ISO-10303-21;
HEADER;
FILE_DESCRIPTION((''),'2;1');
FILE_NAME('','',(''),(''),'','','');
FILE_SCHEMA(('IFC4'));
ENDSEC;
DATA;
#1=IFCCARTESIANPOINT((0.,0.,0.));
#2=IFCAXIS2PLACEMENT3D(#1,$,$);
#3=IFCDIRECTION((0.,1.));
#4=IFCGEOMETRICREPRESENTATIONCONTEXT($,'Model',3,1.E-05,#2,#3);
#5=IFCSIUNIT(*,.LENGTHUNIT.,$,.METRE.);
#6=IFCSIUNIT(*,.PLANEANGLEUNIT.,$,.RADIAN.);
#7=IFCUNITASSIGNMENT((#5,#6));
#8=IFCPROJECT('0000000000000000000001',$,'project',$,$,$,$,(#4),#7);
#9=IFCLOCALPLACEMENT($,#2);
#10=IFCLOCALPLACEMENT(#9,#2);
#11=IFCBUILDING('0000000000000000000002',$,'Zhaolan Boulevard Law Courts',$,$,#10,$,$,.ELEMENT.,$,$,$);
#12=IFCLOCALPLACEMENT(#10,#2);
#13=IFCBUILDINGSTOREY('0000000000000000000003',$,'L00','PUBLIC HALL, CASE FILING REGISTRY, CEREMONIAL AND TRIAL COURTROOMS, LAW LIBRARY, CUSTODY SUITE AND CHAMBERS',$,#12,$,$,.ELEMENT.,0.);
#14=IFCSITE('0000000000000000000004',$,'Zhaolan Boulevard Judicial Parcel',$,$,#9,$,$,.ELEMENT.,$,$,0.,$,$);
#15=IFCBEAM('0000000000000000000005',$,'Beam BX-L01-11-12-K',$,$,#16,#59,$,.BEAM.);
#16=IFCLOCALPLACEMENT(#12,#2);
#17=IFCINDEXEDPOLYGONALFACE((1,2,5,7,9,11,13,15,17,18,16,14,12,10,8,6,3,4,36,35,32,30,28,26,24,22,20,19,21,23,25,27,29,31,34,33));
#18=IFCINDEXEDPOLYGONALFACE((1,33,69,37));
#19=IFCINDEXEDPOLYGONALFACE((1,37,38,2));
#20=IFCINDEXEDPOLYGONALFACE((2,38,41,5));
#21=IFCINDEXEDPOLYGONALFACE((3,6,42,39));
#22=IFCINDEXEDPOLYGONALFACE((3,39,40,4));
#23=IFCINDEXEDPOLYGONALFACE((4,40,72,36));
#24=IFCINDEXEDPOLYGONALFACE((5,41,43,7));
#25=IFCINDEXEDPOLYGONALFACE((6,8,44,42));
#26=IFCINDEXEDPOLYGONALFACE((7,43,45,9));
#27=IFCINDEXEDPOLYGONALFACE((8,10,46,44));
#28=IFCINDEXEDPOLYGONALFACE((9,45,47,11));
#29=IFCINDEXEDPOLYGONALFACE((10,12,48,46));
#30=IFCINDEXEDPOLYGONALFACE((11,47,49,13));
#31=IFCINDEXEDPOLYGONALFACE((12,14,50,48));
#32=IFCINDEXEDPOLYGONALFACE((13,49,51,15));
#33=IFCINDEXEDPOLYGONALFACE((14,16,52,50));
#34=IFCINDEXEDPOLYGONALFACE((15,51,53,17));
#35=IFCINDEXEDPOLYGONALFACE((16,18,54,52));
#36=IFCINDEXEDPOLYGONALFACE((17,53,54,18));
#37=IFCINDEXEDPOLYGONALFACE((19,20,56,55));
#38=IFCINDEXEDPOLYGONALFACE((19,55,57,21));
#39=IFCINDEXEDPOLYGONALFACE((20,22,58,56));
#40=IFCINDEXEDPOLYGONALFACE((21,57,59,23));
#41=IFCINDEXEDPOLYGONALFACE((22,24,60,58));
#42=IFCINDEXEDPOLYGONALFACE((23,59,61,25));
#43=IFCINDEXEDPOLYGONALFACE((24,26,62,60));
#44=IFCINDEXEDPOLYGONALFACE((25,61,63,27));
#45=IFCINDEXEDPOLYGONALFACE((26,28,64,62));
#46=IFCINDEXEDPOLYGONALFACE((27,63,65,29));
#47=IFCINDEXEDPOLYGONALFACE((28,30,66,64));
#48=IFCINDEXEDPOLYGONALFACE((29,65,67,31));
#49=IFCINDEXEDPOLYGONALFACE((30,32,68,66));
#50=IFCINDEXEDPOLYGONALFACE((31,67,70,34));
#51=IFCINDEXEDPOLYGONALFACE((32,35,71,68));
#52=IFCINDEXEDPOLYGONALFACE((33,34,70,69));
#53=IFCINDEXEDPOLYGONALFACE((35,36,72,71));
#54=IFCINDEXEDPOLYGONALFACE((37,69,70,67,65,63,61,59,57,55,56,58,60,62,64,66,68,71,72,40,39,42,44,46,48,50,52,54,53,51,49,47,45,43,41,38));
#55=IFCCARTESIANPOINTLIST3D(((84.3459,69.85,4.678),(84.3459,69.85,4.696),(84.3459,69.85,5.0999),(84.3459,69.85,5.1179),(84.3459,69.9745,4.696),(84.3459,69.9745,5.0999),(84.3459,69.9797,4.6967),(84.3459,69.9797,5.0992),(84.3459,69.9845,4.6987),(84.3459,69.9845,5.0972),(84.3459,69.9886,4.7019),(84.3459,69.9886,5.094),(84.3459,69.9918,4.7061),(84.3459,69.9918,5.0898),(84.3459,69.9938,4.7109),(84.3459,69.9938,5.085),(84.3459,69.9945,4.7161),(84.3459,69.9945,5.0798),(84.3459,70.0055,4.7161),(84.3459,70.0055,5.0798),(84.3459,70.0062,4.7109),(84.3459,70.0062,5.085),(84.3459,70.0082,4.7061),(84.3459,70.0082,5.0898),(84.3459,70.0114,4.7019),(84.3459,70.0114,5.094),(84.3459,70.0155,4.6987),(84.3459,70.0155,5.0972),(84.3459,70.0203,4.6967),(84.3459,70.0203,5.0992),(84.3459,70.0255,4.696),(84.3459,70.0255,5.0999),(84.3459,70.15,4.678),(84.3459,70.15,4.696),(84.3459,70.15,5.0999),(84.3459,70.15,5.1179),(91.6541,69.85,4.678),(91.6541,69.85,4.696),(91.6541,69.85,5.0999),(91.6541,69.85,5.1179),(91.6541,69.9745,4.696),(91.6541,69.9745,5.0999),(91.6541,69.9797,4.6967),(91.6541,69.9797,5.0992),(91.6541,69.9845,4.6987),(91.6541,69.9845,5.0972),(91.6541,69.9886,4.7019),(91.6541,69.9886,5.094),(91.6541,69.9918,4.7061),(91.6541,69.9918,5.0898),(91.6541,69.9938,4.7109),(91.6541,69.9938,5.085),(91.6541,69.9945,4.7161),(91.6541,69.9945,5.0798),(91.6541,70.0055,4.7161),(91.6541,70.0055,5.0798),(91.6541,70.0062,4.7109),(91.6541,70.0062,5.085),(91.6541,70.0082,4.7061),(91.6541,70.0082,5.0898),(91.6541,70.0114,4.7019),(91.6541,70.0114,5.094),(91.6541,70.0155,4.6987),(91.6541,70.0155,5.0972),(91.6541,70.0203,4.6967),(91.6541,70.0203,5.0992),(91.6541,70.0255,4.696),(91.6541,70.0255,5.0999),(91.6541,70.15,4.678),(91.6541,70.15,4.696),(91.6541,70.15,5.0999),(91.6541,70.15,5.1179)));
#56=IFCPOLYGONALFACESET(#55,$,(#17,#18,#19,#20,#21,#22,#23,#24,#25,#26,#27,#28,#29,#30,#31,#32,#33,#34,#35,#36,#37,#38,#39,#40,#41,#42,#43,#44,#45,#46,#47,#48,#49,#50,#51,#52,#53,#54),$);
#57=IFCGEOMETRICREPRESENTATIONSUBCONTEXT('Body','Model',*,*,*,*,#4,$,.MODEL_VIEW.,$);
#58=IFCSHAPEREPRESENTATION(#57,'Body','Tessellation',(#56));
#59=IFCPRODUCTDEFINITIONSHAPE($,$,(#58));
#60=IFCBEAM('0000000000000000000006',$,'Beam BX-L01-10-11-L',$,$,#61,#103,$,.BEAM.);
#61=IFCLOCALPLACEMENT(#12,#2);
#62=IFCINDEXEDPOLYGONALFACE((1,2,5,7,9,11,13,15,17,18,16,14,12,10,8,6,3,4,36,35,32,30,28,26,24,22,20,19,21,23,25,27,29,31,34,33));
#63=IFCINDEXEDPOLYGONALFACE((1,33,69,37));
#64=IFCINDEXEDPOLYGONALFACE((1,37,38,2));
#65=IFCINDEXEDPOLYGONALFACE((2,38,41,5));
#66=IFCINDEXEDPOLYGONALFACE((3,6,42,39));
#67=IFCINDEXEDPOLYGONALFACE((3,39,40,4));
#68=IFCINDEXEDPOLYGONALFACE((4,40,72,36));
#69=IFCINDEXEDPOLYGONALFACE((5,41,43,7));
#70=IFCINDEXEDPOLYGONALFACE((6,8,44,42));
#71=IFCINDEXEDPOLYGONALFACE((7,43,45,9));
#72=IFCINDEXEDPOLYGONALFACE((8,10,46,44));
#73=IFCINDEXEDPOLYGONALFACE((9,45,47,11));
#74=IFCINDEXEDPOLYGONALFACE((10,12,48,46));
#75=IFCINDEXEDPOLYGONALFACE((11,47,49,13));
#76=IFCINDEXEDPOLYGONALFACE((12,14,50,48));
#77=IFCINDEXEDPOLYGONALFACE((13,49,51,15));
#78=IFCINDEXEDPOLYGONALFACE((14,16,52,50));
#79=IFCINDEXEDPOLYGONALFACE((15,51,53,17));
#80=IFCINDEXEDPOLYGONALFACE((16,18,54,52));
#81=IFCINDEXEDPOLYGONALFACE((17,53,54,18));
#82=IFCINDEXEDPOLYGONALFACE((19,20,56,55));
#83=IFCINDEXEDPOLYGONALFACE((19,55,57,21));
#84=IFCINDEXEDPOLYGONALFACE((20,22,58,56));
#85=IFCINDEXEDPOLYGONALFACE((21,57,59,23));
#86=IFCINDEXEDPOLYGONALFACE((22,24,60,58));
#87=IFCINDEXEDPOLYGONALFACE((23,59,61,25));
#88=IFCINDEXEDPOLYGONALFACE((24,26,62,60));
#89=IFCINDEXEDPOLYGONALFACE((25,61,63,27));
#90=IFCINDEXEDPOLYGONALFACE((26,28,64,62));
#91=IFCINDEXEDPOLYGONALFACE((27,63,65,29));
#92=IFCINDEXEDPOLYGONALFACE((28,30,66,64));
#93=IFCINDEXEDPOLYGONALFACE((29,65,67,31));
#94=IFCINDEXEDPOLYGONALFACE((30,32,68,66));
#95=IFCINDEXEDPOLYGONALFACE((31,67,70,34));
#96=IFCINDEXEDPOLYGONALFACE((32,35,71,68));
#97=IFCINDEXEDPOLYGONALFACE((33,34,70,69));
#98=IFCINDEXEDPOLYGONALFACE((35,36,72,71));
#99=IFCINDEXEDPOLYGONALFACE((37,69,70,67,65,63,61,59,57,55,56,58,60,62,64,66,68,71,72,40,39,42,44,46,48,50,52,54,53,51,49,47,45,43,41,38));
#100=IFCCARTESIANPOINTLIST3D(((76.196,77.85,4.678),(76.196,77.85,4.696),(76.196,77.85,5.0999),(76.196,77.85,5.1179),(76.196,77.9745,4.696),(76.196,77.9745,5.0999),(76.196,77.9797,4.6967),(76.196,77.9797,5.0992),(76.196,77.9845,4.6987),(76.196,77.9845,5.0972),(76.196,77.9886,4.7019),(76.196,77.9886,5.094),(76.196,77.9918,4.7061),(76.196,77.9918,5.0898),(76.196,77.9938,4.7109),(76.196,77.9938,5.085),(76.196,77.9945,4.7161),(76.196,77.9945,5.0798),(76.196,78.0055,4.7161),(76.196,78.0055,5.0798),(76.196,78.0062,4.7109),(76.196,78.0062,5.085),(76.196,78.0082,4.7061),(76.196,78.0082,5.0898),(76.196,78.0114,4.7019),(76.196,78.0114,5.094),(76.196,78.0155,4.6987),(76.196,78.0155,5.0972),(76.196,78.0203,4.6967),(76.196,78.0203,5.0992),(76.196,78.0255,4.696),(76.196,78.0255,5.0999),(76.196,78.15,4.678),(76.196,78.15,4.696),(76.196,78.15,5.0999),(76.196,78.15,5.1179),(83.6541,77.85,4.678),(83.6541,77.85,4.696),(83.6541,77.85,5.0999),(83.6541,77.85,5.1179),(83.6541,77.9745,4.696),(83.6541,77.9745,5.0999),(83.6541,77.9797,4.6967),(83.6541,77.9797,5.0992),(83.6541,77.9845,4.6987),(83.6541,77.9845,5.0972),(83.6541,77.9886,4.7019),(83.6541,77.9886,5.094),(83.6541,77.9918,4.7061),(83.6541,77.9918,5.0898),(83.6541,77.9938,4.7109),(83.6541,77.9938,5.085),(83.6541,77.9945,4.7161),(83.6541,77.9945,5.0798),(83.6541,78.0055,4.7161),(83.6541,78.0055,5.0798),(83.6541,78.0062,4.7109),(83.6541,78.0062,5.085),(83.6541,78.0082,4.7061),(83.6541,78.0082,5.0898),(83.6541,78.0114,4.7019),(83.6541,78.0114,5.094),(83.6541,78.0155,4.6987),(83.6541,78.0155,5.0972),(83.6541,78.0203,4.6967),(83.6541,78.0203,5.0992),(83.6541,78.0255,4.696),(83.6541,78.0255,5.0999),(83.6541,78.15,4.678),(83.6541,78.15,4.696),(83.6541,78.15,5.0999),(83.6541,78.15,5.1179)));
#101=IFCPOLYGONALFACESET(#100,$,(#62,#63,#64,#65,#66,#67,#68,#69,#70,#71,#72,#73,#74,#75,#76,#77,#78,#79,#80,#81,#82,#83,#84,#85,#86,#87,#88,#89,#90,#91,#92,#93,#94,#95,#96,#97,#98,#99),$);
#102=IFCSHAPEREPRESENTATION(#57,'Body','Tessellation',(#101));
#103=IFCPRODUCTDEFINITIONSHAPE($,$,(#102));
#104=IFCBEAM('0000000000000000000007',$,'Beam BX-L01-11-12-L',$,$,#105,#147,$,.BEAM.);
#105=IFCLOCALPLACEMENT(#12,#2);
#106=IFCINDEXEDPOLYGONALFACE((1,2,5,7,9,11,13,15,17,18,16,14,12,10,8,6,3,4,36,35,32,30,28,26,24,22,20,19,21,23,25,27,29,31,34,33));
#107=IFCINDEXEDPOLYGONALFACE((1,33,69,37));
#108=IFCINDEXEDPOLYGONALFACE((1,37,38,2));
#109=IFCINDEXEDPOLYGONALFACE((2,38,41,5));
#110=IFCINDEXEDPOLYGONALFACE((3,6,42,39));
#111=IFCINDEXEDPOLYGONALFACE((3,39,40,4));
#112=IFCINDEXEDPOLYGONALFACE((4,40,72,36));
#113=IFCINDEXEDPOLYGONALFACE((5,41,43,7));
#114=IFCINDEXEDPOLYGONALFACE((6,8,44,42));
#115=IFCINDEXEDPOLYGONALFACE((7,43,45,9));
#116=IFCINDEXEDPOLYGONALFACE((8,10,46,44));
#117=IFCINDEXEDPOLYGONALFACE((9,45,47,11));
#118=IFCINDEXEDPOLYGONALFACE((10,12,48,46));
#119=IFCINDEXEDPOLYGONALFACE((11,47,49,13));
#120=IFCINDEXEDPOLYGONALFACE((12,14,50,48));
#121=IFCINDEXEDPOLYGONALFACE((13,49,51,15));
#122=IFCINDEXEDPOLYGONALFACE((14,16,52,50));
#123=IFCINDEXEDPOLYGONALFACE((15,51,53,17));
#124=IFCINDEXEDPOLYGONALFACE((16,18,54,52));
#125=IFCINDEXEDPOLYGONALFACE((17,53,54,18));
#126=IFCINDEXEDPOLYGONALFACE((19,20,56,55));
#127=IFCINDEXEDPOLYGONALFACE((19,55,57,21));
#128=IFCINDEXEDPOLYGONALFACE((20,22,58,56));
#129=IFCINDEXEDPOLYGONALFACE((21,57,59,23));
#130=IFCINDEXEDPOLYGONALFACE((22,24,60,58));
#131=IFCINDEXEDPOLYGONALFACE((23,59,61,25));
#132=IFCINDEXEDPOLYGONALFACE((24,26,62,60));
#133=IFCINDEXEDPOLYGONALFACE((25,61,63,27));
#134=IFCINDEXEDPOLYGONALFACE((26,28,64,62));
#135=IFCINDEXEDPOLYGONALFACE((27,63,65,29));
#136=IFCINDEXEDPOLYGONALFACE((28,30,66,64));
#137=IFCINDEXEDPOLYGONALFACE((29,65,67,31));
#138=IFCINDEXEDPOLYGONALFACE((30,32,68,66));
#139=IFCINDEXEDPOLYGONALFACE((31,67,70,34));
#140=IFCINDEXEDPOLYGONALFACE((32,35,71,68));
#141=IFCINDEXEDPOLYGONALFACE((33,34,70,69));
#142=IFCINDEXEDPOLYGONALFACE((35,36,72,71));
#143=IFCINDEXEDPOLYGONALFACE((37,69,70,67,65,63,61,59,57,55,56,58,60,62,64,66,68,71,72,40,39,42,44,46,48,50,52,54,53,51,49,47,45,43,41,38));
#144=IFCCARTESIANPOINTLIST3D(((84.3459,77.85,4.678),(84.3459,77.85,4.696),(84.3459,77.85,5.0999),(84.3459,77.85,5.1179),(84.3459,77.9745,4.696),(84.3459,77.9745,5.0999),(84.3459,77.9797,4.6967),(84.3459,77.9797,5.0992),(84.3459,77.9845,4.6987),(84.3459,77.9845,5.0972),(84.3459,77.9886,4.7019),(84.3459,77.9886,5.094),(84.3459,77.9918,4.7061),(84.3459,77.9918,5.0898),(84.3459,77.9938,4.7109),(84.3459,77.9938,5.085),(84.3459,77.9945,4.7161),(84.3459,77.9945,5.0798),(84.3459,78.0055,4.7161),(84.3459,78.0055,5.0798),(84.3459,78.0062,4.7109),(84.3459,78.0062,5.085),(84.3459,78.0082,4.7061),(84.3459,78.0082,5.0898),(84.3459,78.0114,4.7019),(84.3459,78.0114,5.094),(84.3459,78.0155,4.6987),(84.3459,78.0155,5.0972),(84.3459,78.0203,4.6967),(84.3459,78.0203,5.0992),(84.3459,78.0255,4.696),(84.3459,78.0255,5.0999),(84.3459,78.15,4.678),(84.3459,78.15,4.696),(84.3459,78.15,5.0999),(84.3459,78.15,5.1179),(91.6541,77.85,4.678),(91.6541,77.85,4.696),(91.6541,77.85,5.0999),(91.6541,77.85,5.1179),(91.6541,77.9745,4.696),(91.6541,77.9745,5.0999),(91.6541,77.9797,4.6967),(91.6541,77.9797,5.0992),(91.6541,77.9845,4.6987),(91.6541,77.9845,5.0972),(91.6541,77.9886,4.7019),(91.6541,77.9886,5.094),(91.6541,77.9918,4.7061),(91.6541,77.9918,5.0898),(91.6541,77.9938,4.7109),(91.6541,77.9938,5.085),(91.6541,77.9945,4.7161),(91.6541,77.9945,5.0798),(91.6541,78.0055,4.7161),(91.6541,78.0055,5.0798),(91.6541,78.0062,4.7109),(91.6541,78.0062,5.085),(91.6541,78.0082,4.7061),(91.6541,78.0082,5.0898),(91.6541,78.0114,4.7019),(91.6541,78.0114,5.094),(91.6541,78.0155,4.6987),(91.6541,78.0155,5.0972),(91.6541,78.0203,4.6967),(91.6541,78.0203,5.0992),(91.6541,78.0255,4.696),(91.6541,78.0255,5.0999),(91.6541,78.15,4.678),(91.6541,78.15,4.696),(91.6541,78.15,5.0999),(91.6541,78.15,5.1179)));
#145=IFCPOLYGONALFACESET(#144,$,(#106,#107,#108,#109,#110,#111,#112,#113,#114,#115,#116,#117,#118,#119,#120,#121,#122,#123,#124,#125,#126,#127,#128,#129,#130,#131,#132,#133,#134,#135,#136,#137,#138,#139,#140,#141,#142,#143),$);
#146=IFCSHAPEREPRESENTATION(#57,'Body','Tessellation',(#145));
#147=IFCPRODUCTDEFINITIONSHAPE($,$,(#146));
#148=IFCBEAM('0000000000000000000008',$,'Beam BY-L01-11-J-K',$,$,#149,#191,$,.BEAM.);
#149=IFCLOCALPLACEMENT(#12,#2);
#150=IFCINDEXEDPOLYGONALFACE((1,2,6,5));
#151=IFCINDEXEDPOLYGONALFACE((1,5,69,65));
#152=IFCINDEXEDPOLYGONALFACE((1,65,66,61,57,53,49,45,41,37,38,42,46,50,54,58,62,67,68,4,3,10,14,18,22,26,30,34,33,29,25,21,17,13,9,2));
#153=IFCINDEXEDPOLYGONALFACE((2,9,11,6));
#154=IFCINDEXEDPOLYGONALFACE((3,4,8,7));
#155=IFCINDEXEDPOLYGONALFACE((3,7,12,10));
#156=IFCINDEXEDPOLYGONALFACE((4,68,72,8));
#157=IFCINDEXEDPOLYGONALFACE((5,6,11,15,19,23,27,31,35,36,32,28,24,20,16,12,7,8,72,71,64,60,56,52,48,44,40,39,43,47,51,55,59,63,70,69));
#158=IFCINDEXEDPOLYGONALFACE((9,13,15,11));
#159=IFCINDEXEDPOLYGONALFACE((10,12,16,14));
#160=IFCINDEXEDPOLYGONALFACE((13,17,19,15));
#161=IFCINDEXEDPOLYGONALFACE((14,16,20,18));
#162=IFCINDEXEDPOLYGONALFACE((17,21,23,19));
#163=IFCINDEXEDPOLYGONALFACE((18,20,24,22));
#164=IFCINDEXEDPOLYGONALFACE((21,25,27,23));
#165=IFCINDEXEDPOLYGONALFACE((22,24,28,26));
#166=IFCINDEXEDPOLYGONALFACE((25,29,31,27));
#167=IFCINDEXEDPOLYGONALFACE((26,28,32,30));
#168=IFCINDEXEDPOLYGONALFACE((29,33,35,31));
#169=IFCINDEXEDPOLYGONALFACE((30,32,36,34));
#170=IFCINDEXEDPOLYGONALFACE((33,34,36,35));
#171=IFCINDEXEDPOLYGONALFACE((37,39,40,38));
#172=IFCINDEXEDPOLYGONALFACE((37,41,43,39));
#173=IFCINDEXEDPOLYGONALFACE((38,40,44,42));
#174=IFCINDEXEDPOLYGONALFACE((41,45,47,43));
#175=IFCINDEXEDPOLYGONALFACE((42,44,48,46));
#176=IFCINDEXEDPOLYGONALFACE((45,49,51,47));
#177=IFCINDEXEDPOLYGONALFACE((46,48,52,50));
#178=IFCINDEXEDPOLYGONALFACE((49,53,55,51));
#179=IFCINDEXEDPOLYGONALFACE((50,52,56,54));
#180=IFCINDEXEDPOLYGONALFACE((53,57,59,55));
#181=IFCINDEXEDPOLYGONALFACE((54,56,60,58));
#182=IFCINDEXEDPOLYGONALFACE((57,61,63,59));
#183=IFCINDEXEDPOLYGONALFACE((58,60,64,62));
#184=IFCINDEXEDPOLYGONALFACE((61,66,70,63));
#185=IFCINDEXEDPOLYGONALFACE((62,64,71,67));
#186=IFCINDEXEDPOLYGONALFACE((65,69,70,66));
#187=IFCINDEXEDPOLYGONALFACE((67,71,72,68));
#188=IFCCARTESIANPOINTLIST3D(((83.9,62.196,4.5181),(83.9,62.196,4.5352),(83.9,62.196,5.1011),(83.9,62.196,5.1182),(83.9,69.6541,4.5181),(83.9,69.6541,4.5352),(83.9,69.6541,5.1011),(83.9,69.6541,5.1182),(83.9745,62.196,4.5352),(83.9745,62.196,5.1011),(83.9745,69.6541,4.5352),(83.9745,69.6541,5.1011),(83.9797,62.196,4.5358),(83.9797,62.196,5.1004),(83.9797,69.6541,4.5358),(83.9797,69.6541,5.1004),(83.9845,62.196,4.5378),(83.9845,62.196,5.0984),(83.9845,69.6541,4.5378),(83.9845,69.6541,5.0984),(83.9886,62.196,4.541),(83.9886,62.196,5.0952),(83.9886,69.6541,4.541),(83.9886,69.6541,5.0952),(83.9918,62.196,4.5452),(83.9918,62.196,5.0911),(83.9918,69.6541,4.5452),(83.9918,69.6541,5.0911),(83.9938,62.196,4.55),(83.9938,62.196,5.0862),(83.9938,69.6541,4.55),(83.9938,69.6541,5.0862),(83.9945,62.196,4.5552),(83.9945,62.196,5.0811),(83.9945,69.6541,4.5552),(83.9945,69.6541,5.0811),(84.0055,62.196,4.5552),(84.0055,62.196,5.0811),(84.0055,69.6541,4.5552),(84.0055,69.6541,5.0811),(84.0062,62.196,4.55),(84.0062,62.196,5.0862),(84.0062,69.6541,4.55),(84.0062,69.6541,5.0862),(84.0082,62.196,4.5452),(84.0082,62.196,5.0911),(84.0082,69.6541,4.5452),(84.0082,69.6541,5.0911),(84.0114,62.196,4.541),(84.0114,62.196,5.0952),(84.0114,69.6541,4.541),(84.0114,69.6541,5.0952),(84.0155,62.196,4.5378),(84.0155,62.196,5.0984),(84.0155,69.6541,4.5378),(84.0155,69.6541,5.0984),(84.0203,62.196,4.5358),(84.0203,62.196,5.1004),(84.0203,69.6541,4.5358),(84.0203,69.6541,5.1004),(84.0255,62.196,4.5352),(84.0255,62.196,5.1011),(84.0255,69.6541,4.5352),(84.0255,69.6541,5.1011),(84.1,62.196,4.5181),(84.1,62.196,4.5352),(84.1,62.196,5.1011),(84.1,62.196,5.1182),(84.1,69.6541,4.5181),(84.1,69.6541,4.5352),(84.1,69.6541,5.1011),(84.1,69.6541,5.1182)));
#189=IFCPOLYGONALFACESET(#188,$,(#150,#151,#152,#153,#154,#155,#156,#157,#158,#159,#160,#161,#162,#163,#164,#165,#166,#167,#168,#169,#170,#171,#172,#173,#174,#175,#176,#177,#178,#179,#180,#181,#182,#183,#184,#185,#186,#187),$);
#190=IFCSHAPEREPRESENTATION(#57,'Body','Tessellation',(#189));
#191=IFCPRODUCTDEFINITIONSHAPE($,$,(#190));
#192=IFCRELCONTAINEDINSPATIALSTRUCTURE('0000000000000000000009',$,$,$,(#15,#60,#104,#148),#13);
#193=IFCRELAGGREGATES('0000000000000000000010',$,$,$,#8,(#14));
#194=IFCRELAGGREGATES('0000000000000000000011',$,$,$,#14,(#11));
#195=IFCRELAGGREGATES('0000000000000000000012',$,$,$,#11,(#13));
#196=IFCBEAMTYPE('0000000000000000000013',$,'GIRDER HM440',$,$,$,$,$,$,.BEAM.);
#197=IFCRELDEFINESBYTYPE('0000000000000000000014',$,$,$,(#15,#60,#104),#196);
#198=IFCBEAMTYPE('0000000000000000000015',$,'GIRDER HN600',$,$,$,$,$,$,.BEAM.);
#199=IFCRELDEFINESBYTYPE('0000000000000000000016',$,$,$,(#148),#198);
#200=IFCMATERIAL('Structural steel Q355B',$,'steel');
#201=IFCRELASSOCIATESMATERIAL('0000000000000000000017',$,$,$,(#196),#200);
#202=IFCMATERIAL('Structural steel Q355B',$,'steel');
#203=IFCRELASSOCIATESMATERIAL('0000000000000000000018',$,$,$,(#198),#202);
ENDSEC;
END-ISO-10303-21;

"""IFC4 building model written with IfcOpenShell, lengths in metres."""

from ifc_helpers import new_model, si_unit, direction, frame, origin, origin_2d, place, context, subcontext, project, spatial, i_section, extrude, material, material_profile, profile_set, type_object, element, save


model = new_model("IFC4")

# Units and contexts
model_context = context("Model", 3, precision=1e-05, world=origin(), true_north=direction((0.0, 1.0)))
body_context = subcontext(model_context, "Body", "Model", "MODEL_VIEW")
ifc_project = project(units=[si_unit("LENGTHUNIT", "METRE"), si_unit("PLANEANGLEUNIT", "RADIAN")], contexts=[model_context])

# Site, building, storey
site_placement = place(None, origin())
site = spatial("IfcSite", under=ifc_project, at=site_placement, Name="Zhaolan Boulevard Judicial Parcel", CompositionType="ELEMENT", RefElevation=0.0)
building_placement = place(site_placement, origin())
building = spatial("IfcBuilding", under=site, at=building_placement, Name="Zhaolan Boulevard Law Courts", CompositionType="ELEMENT")
storey_placement = place(building_placement, origin())
storey = spatial("IfcBuildingStorey", under=building, at=storey_placement, Name="L00", Description="PUBLIC HALL, CASE FILING REGISTRY, CEREMONIAL AND TRIAL COURTROOMS, LAW LIBRARY, CUSTODY SUITE AND CHAMBERS", CompositionType="ELEMENT", Elevation=0.0)

# Beams
ifc_material_1 = material(Name="Structural steel Q355B", Category="steel")
ifc_material_profile_1 = material_profile(ifc_material_1, i_section(OverallWidth=0.3, OverallDepth=0.4399, WebThickness=0.011, FlangeThickness=0.0181, FilletRadius=0.02, at=origin_2d()), Name="HM440x300")
ifc_profile_set_1 = profile_set([ifc_material_profile_1], Name="Structural steel Q355B")
beam_type_1 = type_object("IfcBeamType", Name="GIRDER HM440", PredefinedType="BEAM", material=ifc_profile_set_1)
beam_1_placement = place(storey_placement, frame((84.3459, 70.0, 4.8979), z_axis=(1.0, 0.0, 0.0), x_axis=(0.0, 1.0, 0.0)))
element("IfcBeam", 1, at=beam_1_placement, inside=storey, type_object=beam_type_1, Name="Beam BX-L01-11-12-K", PredefinedType="BEAM", context=body_context, shape_type="SweptSolid", body=[
    extrude(i_section(OverallWidth=0.3, OverallDepth=0.4399, WebThickness=0.011, FlangeThickness=0.0181, FilletRadius=0.02, at=origin_2d()), origin(), (0.0, 0.0, 1.0), 7.3081),
])
beam_2_placement = place(storey_placement, frame((76.196, 78.0, 4.8979), z_axis=(1.0, 0.0, 0.0), x_axis=(0.0, 1.0, 0.0)))
element("IfcBeam", 2, at=beam_2_placement, inside=storey, type_object=beam_type_1, Name="Beam BX-L01-10-11-L", PredefinedType="BEAM", context=body_context, shape_type="SweptSolid", body=[
    extrude(i_section(OverallWidth=0.3, OverallDepth=0.4399, WebThickness=0.011, FlangeThickness=0.0181, FilletRadius=0.02, at=origin_2d()), origin(), (0.0, 0.0, 1.0), 7.458),
])
beam_3_placement = place(storey_placement, frame((84.3459, 78.0, 4.8979), z_axis=(1.0, 0.0, 0.0), x_axis=(0.0, 1.0, 0.0)))
element("IfcBeam", 3, at=beam_3_placement, inside=storey, type_object=beam_type_1, Name="Beam BX-L01-11-12-L", PredefinedType="BEAM", context=body_context, shape_type="SweptSolid", body=[
    extrude(i_section(OverallWidth=0.3, OverallDepth=0.4399, WebThickness=0.011, FlangeThickness=0.0181, FilletRadius=0.02, at=origin_2d()), origin(), (0.0, 0.0, 1.0), 7.3081),
])
ifc_material_2 = material(Name="Structural steel Q355B", Category="steel")
ifc_material_profile_2 = material_profile(ifc_material_2, i_section(OverallWidth=0.2, OverallDepth=0.6001, WebThickness=0.011, FlangeThickness=0.0171, FilletRadius=0.02, at=origin_2d()), Name="HN600x200")
ifc_profile_set_2 = profile_set([ifc_material_profile_2], Name="Structural steel Q355B")
beam_type_2 = type_object("IfcBeamType", Name="GIRDER HN600", PredefinedType="BEAM", material=ifc_profile_set_2)
beam_4_placement = place(storey_placement, frame((84.0, 62.196, 4.8181), z_axis=(0.0, 1.0, 0.0), x_axis=(-1.0, 0.0, 0.0)))
element("IfcBeam", 4, at=beam_4_placement, inside=storey, type_object=beam_type_2, Name="Beam BY-L01-11-J-K", PredefinedType="BEAM", context=body_context, shape_type="SweptSolid", body=[
    extrude(i_section(OverallWidth=0.2, OverallDepth=0.6001, WebThickness=0.011, FlangeThickness=0.0171, FilletRadius=0.02, at=origin_2d()), origin(), (0.0, 0.0, 1.0), 7.458),
])

save(model, "model.ifc")
